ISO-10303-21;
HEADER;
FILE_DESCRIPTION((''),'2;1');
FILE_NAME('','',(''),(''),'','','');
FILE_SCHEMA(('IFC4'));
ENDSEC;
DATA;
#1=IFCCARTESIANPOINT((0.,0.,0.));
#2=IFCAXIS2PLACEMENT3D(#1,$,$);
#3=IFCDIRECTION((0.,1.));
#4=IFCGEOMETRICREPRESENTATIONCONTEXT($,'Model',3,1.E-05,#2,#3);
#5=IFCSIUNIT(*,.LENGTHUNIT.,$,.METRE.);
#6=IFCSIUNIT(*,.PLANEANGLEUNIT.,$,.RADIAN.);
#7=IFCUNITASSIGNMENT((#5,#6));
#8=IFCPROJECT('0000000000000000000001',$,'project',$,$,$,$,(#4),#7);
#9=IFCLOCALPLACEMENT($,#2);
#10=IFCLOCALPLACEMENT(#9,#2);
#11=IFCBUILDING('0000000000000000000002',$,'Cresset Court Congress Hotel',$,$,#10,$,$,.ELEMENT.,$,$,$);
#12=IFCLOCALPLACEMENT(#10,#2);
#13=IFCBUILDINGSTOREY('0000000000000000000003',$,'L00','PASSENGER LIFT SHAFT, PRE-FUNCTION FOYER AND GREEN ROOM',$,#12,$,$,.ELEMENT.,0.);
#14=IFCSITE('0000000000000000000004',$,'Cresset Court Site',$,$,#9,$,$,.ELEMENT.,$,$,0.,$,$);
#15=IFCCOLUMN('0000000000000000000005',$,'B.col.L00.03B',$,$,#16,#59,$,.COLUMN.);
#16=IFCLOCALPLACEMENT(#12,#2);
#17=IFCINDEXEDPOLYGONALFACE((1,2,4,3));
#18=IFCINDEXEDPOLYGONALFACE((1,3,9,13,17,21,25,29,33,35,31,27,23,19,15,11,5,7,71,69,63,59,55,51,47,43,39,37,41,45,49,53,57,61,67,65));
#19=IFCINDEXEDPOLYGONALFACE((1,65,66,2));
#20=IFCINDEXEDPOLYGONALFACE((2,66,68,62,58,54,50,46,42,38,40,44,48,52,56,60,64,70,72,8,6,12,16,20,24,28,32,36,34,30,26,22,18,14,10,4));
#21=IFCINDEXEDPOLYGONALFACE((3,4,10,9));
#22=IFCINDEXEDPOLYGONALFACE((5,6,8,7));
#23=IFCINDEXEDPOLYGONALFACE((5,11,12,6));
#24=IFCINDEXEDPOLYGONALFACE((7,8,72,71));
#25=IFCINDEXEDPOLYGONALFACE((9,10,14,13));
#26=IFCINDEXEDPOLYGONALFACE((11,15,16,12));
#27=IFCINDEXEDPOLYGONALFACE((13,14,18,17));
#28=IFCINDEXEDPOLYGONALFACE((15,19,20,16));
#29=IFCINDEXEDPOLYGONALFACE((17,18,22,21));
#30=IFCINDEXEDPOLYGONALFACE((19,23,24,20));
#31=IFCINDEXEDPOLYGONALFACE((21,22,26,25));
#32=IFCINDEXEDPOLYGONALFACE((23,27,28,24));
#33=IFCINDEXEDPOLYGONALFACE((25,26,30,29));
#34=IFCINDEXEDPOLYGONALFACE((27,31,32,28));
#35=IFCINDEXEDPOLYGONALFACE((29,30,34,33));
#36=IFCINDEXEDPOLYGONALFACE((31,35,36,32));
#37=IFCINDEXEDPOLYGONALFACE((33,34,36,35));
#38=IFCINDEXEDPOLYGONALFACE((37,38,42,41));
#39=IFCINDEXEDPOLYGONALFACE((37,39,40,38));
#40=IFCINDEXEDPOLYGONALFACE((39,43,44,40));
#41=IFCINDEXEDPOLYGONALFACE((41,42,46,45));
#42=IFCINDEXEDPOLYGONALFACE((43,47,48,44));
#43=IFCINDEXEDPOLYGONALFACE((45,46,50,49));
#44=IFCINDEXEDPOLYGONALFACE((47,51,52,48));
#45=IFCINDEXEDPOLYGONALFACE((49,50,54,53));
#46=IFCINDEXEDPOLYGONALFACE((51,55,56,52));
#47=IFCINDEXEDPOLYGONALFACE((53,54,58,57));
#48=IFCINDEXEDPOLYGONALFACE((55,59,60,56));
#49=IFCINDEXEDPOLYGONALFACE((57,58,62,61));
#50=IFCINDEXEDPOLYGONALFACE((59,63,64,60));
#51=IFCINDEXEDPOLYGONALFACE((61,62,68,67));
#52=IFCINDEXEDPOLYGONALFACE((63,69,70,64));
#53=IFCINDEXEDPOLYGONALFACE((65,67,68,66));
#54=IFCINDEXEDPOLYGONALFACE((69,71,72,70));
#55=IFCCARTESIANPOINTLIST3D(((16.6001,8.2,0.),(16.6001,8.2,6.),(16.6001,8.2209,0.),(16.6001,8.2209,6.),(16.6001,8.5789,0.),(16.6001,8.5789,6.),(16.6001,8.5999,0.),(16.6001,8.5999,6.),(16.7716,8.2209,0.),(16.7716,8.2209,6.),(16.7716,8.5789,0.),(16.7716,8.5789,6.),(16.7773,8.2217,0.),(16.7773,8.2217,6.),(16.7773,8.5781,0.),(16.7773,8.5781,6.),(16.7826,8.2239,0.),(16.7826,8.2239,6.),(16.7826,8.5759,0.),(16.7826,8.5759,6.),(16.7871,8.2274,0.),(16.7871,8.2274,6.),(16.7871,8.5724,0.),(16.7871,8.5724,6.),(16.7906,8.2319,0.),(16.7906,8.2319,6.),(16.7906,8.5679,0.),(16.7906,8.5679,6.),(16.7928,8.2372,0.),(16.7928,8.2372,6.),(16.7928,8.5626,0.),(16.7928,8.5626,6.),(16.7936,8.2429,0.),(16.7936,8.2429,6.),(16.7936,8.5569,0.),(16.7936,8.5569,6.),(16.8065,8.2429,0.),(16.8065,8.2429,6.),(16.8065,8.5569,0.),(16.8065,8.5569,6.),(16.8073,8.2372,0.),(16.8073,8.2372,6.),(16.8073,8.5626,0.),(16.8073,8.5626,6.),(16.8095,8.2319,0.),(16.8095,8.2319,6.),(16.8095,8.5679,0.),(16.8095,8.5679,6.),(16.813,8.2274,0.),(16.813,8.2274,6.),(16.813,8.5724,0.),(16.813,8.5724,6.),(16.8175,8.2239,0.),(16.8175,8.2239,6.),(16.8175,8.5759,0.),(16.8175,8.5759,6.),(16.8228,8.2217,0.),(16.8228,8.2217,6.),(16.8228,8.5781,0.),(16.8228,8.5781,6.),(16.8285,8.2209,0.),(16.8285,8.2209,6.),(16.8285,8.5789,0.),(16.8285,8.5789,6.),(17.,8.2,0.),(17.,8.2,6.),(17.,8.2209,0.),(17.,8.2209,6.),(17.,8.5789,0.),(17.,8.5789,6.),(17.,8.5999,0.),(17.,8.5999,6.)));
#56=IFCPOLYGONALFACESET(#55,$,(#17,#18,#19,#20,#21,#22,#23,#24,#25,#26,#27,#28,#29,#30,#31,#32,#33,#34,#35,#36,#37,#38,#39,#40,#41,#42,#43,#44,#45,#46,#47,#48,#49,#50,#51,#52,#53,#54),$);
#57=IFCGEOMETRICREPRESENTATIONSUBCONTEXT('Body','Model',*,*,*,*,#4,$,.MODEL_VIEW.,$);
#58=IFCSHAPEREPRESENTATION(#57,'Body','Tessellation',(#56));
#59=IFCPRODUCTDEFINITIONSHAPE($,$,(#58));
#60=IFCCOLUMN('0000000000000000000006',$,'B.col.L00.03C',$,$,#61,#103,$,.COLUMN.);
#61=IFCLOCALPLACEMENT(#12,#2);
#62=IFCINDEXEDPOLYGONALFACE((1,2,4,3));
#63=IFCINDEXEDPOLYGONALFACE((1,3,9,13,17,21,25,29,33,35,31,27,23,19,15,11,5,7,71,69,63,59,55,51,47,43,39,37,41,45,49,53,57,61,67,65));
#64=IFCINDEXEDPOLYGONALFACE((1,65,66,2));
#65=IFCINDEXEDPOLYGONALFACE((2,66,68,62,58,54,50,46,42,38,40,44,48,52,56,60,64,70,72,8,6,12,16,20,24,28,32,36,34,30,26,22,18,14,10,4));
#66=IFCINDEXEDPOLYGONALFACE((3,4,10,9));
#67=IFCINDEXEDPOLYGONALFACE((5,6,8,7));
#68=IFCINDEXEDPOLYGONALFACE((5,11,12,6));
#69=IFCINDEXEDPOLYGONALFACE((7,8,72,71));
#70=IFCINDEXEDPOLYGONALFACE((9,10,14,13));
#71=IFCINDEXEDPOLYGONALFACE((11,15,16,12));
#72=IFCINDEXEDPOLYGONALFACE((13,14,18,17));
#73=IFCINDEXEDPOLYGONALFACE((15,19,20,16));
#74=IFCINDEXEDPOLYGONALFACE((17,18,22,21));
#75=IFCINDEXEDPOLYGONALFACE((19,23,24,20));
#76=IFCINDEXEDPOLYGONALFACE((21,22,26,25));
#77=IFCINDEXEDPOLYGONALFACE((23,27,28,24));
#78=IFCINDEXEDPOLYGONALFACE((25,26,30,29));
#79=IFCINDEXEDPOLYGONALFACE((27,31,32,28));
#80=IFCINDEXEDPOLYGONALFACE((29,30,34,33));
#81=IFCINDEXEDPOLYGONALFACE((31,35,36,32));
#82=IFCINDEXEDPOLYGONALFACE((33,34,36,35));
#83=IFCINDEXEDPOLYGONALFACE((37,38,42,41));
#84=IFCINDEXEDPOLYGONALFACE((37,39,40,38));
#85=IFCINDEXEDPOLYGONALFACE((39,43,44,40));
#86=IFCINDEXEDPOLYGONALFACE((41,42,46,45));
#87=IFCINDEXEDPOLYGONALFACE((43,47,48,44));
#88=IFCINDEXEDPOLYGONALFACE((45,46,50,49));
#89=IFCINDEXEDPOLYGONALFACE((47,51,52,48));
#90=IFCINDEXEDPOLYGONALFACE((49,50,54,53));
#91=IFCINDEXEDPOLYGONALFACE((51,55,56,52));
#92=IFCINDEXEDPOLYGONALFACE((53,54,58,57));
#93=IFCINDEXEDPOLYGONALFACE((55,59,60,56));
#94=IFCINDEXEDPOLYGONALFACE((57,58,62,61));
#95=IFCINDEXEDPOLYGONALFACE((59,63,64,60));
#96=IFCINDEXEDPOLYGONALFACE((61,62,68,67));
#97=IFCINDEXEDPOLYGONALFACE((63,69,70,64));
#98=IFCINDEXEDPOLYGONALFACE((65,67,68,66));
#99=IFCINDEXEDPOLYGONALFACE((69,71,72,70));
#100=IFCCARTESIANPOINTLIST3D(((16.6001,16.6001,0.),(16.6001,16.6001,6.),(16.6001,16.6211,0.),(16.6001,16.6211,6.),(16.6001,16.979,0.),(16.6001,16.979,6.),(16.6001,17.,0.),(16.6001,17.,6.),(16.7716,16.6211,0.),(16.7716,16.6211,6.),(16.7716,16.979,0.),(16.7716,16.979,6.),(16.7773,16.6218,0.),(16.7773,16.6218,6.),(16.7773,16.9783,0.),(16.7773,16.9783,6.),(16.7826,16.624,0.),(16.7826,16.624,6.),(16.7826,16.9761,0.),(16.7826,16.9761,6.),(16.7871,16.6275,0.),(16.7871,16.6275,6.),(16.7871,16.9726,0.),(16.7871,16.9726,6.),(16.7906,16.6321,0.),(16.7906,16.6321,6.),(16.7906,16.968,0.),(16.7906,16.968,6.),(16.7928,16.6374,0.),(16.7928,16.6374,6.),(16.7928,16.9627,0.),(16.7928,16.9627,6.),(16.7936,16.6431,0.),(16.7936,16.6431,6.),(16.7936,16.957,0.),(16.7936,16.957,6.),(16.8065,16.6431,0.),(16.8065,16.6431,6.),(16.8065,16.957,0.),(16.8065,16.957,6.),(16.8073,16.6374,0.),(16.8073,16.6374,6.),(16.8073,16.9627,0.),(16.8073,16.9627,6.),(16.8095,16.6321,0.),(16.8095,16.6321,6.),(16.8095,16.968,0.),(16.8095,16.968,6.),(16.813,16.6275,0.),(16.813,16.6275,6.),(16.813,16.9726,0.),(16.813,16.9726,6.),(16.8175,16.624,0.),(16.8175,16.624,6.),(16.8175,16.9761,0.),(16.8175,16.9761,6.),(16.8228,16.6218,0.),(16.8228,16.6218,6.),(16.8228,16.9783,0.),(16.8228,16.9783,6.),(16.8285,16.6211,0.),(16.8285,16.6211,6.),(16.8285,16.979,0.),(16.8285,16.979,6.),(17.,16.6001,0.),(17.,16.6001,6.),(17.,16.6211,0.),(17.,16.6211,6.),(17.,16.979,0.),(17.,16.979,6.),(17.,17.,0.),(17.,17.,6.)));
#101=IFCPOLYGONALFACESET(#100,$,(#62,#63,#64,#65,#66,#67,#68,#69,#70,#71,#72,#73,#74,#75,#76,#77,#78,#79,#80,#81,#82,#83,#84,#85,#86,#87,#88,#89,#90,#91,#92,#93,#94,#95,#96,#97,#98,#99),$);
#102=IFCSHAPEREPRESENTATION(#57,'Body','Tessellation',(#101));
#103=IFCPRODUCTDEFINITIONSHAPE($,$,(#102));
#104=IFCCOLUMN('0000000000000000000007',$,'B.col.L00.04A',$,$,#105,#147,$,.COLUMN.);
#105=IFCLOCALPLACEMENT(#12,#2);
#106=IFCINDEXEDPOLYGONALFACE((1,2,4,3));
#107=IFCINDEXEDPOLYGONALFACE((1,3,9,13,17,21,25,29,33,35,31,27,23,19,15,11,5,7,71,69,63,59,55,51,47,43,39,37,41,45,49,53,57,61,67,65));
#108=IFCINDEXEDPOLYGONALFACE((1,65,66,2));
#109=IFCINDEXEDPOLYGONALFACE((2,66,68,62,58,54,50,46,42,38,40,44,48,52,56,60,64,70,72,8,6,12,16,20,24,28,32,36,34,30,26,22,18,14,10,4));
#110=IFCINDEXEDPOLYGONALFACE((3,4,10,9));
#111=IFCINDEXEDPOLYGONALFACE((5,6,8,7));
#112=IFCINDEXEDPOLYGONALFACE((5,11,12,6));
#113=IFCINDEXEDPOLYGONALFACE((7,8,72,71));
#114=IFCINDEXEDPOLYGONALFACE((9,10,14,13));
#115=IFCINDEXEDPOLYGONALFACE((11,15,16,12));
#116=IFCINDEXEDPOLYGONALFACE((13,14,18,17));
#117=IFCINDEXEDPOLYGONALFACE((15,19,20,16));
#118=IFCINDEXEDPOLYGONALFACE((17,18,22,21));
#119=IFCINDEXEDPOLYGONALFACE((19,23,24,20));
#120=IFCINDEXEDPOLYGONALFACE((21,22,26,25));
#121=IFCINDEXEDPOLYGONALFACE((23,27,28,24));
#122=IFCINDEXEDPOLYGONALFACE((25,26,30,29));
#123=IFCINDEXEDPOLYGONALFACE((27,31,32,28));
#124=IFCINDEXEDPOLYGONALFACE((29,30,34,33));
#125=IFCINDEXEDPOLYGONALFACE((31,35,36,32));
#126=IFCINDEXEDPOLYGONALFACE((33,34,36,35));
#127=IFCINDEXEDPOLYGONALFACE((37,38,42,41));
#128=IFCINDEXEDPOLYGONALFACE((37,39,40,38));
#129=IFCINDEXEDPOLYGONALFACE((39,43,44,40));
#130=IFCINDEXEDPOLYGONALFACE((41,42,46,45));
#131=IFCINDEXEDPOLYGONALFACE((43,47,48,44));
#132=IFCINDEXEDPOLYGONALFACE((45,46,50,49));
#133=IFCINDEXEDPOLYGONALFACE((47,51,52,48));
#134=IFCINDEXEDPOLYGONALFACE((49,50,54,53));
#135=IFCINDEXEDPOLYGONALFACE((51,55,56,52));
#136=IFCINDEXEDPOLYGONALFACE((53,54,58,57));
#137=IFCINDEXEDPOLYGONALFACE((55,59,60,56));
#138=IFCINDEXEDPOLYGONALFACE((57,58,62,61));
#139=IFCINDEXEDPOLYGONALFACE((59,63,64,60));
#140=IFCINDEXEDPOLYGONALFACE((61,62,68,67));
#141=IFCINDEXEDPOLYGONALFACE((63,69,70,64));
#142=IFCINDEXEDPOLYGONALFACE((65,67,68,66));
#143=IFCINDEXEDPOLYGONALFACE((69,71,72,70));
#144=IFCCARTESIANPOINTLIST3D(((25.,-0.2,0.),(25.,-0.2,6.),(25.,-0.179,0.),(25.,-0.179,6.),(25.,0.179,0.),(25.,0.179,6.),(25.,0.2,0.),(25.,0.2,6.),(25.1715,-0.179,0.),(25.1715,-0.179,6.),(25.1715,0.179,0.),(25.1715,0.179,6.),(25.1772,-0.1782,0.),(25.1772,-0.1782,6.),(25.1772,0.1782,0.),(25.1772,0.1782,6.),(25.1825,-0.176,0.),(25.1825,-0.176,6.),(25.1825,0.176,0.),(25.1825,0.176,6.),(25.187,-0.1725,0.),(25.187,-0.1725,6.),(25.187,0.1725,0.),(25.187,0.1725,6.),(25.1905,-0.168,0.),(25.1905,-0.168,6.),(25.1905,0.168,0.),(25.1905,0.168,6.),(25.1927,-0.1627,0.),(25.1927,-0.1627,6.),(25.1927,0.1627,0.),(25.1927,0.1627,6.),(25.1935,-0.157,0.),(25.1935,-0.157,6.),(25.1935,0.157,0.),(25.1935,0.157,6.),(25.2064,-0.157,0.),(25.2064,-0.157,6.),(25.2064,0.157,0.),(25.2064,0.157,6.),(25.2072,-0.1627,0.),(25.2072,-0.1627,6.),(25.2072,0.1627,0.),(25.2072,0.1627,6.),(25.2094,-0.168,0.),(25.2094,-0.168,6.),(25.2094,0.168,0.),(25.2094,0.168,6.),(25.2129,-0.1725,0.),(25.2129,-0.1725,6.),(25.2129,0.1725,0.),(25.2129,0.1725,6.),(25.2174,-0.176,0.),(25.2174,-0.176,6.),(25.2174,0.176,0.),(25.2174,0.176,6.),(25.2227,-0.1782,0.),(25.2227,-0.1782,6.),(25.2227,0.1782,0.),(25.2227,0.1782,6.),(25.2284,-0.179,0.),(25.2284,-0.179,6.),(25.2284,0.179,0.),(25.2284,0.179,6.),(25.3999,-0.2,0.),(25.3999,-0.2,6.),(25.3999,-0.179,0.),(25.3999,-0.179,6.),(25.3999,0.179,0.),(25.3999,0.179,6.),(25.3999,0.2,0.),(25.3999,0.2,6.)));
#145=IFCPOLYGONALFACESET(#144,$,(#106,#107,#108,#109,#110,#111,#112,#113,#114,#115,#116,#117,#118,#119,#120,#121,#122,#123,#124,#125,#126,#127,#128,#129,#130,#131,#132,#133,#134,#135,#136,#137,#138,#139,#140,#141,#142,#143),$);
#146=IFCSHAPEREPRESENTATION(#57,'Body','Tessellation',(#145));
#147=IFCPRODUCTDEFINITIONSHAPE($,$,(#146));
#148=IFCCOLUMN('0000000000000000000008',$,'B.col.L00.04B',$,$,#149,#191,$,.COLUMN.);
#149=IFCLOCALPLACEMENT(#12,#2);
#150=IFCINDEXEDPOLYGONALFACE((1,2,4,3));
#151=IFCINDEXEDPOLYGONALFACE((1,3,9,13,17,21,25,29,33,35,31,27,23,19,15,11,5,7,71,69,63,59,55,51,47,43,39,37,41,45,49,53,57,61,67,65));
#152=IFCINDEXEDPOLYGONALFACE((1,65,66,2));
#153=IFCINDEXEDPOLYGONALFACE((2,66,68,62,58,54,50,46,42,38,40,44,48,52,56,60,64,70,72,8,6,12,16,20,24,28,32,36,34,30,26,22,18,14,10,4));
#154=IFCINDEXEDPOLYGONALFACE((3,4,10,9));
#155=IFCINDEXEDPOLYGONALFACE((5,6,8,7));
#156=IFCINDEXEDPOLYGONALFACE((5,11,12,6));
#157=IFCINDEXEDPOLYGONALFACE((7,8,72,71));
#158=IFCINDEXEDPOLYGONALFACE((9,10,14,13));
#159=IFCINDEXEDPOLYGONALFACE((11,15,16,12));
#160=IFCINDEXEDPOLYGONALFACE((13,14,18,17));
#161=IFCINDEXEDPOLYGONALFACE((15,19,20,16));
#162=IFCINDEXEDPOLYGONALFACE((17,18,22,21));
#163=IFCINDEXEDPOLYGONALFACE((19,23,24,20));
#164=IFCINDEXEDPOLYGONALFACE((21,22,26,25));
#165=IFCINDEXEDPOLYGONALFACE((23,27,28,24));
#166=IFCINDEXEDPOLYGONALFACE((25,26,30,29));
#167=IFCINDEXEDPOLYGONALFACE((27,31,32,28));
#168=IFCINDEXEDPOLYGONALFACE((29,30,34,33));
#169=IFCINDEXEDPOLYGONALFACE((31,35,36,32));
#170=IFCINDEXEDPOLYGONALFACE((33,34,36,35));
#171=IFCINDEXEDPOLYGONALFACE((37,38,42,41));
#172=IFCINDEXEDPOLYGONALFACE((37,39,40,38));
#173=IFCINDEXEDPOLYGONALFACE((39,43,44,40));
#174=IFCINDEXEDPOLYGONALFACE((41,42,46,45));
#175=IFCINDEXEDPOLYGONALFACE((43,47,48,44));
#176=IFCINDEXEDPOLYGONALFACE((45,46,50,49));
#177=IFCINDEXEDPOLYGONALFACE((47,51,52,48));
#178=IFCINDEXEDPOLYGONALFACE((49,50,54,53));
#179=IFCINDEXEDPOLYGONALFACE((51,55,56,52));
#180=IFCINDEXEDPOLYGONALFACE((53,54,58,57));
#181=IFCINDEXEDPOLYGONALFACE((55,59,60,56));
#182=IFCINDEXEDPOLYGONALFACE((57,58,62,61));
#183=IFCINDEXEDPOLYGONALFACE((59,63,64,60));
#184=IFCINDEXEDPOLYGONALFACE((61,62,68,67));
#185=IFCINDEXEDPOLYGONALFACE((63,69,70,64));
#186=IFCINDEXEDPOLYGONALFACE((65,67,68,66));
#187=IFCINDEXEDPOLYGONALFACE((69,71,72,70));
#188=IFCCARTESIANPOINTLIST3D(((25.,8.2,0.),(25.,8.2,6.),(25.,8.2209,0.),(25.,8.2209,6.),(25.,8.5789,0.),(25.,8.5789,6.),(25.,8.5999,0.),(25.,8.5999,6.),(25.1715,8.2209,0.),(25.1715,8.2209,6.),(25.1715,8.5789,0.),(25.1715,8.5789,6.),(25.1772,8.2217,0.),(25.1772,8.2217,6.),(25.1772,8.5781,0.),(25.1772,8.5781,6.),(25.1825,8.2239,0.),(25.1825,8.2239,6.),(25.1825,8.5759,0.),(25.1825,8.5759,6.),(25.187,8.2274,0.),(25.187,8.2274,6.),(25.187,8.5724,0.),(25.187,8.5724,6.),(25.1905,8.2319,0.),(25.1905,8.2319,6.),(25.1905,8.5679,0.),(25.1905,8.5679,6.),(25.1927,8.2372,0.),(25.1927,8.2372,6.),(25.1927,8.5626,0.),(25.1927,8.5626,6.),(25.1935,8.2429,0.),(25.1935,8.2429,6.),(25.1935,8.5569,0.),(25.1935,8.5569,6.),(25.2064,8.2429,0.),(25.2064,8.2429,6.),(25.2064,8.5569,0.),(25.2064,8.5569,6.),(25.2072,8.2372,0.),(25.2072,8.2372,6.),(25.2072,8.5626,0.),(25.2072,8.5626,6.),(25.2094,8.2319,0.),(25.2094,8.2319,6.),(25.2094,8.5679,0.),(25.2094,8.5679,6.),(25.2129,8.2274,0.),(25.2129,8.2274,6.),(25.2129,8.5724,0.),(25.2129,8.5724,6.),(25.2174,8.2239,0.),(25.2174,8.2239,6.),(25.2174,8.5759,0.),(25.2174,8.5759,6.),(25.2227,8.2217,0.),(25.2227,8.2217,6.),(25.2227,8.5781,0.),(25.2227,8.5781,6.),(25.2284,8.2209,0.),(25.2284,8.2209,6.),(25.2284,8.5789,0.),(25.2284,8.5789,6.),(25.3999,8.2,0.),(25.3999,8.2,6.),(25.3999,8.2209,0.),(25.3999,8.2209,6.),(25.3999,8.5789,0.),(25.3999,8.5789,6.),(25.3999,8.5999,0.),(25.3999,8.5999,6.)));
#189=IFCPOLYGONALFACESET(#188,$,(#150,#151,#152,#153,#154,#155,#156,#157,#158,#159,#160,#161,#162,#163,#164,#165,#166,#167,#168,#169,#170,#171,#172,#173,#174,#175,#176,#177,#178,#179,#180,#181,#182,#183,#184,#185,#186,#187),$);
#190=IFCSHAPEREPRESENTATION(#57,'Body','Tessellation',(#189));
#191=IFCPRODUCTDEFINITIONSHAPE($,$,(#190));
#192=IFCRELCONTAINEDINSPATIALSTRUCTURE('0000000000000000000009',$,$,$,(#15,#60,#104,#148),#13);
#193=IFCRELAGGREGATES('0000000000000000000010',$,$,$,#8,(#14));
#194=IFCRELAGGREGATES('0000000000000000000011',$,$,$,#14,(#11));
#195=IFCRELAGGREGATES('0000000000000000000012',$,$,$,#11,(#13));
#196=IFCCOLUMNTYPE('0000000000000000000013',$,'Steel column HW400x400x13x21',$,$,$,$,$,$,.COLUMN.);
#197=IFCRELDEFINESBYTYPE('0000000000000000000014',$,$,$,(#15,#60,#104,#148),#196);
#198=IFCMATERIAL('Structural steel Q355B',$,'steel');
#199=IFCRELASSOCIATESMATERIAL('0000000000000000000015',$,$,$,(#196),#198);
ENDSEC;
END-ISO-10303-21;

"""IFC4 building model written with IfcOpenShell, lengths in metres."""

from ifc_helpers import new_model, si_unit, direction, frame, origin, origin_2d, place, context, subcontext, project, spatial, i_section, extrude, material, material_profile, profile_set, type_object, element, save


model = new_model("IFC4")

# Units and contexts
model_context = context("Model", 3, precision=1e-05, world=origin(), true_north=direction((0.0, 1.0)))
body_context = subcontext(model_context, "Body", "Model", "MODEL_VIEW")
ifc_project = project(units=[si_unit("LENGTHUNIT", "METRE"), si_unit("PLANEANGLEUNIT", "RADIAN")], contexts=[model_context])

# Site, building, storey
site_placement = place(None, origin())
site = spatial("IfcSite", under=ifc_project, at=site_placement, Name="Cresset Court Site", CompositionType="ELEMENT", RefElevation=0.0)
building_placement = place(site_placement, origin())
building = spatial("IfcBuilding", under=site, at=building_placement, Name="Cresset Court Congress Hotel", CompositionType="ELEMENT")
storey_placement = place(building_placement, origin())
storey = spatial("IfcBuildingStorey", under=building, at=storey_placement, Name="L00", Description="PASSENGER LIFT SHAFT, PRE-FUNCTION FOYER AND GREEN ROOM", CompositionType="ELEMENT", Elevation=0.0)

# Columns
ifc_material_1 = material(Name="Structural steel Q355B", Category="steel")
ifc_material_profile = material_profile(ifc_material_1, i_section(OverallWidth=0.3999, OverallDepth=0.3999, WebThickness=0.0129, FlangeThickness=0.021, FilletRadius=0.022, at=origin_2d()), Name="HW400x400x13x21")
ifc_profile_set = profile_set([ifc_material_profile], Name="Structural steel Q355B")
column_type = type_object("IfcColumnType", Name="Steel column HW400x400x13x21", PredefinedType="COLUMN", material=ifc_profile_set)
for number, where, z_axis, x_axis, name in (
    (1, (16.8, 8.3999, 0.0), (0.0, 0.0, 1.0), (1.0, 0.0, 0.0), "B.col.L00.03B"),
    (2, (16.8, 16.8, 0.0), (0.0, 0.0, 1.0), (1.0, 0.0, 0.0), "B.col.L00.03C"),
    (3, (25.2, 0.0, 0.0), (0.0, 0.0, 1.0), (1.0, 0.0, 0.0), "B.col.L00.04A"),
    (4, (25.2, 8.3999, 0.0), (0.0, 0.0, 1.0), (1.0, 0.0, 0.0), "B.col.L00.04B"),
):
    element("IfcColumn", number, at=place(storey_placement, frame(where, z_axis=z_axis, x_axis=x_axis)), inside=storey, type_object=column_type, Name=name, PredefinedType="COLUMN", context=body_context, shape_type="SweptSolid", body=[
        extrude(i_section(OverallWidth=0.3999, OverallDepth=0.3999, WebThickness=0.0129, FlangeThickness=0.021, FilletRadius=0.022, at=origin_2d()), origin(), (0.0, 0.0, 1.0), 6.0),
    ])

save(model, "model.ifc")
